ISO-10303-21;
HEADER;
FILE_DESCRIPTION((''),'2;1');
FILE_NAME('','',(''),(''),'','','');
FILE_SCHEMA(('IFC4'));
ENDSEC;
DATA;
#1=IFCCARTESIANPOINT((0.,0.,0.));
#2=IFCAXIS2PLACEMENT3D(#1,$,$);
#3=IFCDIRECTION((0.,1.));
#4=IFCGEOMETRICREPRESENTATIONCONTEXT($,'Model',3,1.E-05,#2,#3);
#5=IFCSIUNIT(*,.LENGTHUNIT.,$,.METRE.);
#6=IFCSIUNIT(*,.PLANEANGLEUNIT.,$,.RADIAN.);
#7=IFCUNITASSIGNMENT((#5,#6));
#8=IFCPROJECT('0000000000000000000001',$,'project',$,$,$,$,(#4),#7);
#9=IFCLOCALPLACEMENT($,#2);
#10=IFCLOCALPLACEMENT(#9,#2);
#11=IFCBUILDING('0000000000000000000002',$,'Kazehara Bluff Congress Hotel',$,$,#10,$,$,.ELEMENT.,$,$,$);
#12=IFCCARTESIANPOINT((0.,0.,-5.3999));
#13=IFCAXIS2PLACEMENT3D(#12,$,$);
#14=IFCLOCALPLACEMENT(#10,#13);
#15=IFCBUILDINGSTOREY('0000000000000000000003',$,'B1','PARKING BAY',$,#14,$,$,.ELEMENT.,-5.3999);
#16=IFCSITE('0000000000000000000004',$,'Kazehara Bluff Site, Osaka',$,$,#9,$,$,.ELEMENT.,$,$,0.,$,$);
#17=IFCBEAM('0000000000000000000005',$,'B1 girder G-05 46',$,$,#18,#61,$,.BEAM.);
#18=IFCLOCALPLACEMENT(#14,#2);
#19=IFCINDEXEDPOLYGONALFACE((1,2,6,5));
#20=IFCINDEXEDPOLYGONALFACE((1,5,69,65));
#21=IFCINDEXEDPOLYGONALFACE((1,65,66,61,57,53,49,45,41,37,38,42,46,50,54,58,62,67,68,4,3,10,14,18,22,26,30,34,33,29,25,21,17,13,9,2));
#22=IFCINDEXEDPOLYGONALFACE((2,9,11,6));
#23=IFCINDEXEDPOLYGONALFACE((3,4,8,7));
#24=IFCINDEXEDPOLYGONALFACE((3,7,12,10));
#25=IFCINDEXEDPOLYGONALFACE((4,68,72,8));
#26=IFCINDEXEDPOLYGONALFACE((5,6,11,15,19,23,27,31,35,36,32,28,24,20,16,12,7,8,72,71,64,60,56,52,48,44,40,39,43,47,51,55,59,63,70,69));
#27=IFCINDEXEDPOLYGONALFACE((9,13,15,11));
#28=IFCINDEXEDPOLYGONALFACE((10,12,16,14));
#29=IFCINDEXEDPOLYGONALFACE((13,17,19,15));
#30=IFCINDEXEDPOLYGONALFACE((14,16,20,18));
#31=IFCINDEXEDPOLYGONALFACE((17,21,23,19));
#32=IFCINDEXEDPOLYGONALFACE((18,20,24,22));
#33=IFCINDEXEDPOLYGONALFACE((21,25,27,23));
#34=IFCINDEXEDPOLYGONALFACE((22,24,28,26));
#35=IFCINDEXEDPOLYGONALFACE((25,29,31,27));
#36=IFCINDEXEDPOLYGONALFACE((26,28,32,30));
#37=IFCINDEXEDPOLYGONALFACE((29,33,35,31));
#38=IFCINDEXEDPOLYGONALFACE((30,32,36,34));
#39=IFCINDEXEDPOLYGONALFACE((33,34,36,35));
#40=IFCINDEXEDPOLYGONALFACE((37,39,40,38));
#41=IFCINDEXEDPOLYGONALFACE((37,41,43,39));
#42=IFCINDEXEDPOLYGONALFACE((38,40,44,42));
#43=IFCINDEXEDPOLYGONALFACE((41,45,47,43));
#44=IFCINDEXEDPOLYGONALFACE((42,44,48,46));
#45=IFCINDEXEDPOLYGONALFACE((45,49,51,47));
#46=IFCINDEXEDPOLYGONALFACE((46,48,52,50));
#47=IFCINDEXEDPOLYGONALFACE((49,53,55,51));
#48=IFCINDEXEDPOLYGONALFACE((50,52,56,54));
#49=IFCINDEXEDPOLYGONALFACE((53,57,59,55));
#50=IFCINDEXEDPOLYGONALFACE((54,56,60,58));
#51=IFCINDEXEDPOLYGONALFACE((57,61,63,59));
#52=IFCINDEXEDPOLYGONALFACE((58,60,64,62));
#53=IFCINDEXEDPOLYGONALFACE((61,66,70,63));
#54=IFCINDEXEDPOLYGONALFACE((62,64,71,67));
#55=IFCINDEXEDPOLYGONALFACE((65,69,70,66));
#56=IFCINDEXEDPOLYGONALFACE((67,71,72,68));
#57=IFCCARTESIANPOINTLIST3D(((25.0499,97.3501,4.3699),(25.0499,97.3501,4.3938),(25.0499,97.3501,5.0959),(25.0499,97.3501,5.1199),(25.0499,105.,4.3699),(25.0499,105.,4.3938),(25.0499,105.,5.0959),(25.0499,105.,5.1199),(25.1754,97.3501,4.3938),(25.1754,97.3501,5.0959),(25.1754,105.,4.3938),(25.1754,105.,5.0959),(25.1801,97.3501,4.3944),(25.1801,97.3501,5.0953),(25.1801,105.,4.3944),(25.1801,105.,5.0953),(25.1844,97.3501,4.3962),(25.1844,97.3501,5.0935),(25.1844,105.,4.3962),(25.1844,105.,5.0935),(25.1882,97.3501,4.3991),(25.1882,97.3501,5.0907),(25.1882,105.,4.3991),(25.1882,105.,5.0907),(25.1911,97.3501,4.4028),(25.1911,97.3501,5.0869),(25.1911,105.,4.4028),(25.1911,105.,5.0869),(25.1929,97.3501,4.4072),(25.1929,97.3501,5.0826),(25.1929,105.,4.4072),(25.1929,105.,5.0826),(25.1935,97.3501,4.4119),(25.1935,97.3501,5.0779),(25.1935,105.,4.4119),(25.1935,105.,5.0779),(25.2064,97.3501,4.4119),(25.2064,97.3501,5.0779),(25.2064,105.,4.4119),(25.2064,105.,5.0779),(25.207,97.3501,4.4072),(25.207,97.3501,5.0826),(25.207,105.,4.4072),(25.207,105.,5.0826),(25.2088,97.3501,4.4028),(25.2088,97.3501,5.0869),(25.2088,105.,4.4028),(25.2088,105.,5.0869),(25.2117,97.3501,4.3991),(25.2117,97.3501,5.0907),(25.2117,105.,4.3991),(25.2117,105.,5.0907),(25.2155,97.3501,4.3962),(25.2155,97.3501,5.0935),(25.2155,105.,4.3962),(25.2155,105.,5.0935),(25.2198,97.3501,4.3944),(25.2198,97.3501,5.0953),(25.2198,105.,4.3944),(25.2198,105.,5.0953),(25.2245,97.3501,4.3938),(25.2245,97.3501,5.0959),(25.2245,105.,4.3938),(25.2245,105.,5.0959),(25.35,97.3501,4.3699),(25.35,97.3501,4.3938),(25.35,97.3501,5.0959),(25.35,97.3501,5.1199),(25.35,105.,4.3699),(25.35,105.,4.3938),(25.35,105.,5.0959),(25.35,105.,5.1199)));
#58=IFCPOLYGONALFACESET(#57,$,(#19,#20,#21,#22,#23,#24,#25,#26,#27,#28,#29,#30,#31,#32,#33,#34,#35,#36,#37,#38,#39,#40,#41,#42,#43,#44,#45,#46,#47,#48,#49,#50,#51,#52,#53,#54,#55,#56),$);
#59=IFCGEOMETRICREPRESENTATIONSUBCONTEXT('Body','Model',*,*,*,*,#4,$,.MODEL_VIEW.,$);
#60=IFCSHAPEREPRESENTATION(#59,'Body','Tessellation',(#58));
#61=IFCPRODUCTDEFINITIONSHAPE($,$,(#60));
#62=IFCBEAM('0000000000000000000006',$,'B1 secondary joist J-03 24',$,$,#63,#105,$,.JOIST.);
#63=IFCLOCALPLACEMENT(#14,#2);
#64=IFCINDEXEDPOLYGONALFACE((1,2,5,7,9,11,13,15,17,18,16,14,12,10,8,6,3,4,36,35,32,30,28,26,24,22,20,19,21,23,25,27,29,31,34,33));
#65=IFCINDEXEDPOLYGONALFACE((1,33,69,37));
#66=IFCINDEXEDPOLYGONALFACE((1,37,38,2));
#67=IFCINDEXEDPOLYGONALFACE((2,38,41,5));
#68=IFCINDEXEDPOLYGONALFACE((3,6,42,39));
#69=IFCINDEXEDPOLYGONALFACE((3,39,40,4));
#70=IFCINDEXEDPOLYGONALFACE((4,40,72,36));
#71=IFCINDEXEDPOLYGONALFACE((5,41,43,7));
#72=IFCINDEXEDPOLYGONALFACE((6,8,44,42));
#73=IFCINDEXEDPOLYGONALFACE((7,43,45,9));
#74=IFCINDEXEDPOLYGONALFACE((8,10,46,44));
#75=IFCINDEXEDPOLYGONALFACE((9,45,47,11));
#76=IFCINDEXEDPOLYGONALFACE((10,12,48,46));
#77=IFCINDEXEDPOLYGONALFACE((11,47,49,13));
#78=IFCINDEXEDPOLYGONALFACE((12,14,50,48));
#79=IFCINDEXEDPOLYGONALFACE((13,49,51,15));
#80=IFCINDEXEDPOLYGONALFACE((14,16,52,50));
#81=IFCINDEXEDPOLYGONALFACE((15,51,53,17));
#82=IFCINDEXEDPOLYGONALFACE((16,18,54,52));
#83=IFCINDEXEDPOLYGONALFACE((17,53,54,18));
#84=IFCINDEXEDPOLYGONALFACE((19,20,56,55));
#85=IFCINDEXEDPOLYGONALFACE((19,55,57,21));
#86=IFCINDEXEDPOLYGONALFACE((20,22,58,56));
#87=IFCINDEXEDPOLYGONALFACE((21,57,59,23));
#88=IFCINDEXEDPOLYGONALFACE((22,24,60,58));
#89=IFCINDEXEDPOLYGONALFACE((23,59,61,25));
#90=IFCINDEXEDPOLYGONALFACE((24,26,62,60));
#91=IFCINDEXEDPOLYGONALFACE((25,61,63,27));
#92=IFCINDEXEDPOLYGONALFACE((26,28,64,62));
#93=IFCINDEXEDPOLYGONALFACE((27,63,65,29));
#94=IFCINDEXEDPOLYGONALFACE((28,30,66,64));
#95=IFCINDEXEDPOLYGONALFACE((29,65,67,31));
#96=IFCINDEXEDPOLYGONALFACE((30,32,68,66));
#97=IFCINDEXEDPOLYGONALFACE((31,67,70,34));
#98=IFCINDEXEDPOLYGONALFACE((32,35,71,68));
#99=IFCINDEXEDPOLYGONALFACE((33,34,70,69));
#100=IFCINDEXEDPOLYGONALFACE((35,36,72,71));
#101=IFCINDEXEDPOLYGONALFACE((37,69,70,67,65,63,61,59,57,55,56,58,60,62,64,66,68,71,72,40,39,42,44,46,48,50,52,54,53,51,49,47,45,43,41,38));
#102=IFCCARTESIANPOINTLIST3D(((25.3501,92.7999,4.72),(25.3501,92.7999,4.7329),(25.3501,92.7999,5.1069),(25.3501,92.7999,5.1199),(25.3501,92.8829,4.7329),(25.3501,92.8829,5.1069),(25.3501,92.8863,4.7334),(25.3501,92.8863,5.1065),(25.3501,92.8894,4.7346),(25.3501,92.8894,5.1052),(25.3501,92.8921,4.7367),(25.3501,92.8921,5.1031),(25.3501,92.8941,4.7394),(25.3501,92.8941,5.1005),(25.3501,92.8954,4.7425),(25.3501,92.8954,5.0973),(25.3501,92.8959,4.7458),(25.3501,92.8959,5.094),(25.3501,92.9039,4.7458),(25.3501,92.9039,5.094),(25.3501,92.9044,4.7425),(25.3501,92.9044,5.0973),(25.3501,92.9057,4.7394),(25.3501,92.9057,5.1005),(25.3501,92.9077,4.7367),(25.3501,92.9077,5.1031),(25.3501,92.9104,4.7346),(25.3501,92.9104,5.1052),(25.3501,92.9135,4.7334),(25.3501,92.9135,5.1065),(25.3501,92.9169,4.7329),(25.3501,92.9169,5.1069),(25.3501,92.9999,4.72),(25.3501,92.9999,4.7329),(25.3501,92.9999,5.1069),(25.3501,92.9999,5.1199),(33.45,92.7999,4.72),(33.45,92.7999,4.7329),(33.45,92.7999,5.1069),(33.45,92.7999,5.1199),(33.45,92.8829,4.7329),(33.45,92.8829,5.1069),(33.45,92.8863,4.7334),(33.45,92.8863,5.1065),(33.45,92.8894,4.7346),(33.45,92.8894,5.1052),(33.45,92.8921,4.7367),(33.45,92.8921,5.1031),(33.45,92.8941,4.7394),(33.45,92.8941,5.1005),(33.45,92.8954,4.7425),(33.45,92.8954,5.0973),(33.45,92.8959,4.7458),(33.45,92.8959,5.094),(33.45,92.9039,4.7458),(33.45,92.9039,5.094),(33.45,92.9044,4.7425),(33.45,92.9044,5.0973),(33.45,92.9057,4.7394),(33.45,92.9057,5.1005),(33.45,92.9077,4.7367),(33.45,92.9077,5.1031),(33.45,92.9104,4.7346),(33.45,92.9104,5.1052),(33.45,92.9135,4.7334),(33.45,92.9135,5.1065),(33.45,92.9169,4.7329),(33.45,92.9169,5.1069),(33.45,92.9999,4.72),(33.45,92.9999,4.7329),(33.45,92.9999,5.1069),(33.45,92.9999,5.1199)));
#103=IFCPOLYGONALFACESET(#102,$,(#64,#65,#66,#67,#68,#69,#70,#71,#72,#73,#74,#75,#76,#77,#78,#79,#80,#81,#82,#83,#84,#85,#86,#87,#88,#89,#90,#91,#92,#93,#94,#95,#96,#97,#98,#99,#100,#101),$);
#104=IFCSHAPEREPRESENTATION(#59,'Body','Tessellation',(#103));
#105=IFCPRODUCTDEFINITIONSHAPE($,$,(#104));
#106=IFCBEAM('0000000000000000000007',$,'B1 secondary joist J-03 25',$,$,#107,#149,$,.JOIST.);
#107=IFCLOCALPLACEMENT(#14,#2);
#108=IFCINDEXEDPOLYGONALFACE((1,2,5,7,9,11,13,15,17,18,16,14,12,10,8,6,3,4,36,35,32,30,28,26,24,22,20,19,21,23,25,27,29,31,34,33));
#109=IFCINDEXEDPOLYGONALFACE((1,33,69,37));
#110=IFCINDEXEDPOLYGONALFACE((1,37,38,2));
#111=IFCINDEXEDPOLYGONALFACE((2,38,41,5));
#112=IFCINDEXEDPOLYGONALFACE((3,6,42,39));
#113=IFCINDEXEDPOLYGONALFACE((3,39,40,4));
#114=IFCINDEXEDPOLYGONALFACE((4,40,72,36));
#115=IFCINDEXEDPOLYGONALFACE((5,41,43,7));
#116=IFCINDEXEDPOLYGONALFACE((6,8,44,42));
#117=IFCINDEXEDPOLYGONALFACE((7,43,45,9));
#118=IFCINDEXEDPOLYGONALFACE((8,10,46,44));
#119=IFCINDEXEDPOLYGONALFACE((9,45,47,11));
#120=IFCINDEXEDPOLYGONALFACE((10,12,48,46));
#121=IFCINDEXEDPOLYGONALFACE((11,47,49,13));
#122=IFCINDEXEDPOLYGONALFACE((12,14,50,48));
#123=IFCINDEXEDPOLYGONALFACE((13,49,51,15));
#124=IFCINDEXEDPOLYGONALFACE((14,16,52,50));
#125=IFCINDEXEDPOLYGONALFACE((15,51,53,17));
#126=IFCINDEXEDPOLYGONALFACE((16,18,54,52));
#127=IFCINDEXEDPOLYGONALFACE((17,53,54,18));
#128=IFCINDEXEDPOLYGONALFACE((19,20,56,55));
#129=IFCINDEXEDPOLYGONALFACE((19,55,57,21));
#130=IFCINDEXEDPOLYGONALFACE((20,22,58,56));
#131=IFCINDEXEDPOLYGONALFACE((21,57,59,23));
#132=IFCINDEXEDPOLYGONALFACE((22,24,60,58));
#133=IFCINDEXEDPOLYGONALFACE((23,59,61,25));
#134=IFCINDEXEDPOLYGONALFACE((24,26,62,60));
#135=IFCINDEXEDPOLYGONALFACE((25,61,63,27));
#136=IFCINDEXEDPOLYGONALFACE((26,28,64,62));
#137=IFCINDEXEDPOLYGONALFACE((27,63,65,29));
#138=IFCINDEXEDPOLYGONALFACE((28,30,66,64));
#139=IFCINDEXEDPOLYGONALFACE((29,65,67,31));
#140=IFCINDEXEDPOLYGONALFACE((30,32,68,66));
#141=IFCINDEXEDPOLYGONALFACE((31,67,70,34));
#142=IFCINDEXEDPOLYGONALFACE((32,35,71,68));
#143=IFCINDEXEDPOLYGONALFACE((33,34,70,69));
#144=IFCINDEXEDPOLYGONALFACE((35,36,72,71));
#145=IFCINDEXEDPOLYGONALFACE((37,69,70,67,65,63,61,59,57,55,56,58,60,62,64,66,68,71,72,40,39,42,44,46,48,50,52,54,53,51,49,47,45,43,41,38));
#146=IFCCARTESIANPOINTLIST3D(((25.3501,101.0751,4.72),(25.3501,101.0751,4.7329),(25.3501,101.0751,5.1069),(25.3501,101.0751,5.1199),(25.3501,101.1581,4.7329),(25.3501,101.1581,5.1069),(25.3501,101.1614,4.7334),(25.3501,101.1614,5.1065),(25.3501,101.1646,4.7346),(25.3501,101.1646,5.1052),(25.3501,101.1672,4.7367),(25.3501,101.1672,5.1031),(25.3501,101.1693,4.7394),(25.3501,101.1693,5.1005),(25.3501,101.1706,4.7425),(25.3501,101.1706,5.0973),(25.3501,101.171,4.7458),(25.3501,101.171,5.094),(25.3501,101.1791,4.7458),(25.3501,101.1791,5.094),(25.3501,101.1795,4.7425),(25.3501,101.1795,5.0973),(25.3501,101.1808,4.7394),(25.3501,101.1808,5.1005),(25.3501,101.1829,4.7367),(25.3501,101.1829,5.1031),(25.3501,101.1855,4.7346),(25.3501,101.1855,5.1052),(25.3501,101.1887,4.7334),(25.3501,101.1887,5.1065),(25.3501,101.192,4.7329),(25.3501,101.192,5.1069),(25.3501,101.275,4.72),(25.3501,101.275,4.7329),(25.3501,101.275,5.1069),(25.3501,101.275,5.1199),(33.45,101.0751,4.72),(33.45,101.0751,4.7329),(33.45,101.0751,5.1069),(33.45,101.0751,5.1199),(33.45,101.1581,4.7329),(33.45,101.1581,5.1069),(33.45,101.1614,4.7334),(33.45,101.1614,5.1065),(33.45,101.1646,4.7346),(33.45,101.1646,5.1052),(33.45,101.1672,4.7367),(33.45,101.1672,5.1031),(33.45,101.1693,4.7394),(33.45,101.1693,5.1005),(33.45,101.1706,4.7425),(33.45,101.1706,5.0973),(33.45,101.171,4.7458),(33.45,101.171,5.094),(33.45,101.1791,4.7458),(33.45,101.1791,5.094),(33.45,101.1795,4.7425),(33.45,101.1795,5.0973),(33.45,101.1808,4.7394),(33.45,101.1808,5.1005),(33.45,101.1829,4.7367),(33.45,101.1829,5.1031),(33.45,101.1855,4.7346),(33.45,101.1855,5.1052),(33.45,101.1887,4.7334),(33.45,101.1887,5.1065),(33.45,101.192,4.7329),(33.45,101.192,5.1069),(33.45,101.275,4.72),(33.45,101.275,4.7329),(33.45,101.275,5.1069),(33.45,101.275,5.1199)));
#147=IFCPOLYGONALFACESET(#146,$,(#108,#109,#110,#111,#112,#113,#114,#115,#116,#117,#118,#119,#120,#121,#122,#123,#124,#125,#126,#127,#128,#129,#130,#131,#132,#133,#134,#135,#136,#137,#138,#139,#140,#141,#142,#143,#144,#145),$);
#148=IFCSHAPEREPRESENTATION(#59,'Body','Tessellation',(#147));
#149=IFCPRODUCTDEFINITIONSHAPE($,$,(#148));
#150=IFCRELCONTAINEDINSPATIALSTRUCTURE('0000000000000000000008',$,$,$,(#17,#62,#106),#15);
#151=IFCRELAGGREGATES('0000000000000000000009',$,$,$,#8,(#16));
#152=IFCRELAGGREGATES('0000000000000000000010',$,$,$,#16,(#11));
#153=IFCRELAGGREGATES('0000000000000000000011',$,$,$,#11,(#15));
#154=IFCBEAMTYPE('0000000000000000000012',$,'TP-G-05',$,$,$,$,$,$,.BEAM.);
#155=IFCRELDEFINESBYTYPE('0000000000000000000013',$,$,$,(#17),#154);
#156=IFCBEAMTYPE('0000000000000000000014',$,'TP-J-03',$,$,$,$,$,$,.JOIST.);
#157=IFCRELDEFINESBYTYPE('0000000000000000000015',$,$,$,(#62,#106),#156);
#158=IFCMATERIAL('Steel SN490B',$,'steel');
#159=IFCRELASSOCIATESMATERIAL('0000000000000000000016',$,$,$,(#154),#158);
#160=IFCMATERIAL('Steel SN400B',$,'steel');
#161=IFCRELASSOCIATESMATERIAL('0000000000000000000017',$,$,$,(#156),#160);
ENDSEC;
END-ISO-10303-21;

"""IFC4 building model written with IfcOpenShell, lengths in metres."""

from ifc_helpers import new_model, si_unit, direction, frame, origin, origin_2d, place, context, subcontext, project, spatial, i_section, extrude, material, material_profile, profile_set, type_object, element, save


model = new_model("IFC4")

# Units and contexts
model_context = context("Model", 3, precision=1e-05, world=origin(), true_north=direction((0.0, 1.0)))
body_context = subcontext(model_context, "Body", "Model", "MODEL_VIEW")
ifc_project = project(units=[si_unit("LENGTHUNIT", "METRE"), si_unit("PLANEANGLEUNIT", "RADIAN")], contexts=[model_context])

# Site, building, storey
site_placement = place(None, origin())
site = spatial("IfcSite", under=ifc_project, at=site_placement, Name="Kazehara Bluff Site, Osaka", CompositionType="ELEMENT", RefElevation=0.0)
building_placement = place(site_placement, origin())
building = spatial("IfcBuilding", under=site, at=building_placement, Name="Kazehara Bluff Congress Hotel", CompositionType="ELEMENT")
storey_placement = place(building_placement, frame((0.0, 0.0, -5.3999)))
storey = spatial("IfcBuildingStorey", under=building, at=storey_placement, Name="B1", Description="PARKING BAY", CompositionType="ELEMENT", Elevation=-5.3999)

# Beams
ifc_material_1 = material(Name="Steel SN490B", Category="steel")
ifc_material_profile_1 = material_profile(ifc_material_1, i_section(OverallWidth=0.3, OverallDepth=0.75, WebThickness=0.0129, FlangeThickness=0.0239, FilletRadius=0.0181, at=origin_2d()))
ifc_profile_set_1 = profile_set([ifc_material_profile_1], Name="Steel SN490B")
beam_type_1 = type_object("IfcBeamType", Name="TP-G-05", PredefinedType="BEAM", material=ifc_profile_set_1)
beam_1_placement = place(storey_placement, frame((25.2, 97.3501, 4.7449), z_axis=(0.0, 1.0, 0.0), x_axis=(-1.0, 0.0, 0.0)))
element("IfcBeam", 1, at=beam_1_placement, inside=storey, type_object=beam_type_1, Name="B1 girder G-05 46", PredefinedType="BEAM", context=body_context, shape_type="SweptSolid", body=[
    extrude(i_section(OverallWidth=0.3, OverallDepth=0.75, WebThickness=0.0129, FlangeThickness=0.0239, FilletRadius=0.0181, at=origin_2d()), origin(), (0.0, 0.0, 1.0), 7.6499),
])
ifc_material_2 = material(Name="Steel SN400B", Category="steel")
ifc_material_profile_2 = material_profile(ifc_material_2, i_section(OverallWidth=0.2, OverallDepth=0.3999, WebThickness=0.0081, FlangeThickness=0.0129, FilletRadius=0.0129, at=origin_2d()))
ifc_profile_set_2 = profile_set([ifc_material_profile_2], Name="Steel SN400B")
beam_type_2 = type_object("IfcBeamType", Name="TP-J-03", PredefinedType="JOIST", material=ifc_profile_set_2)
for number, where, z_axis, x_axis, name in (
    (2, (25.3501, 92.8999, 4.9199), (1.0, 0.0, 0.0), (0.0, 1.0, 0.0), "B1 secondary joist J-03 24"),
    (3, (25.3501, 101.175, 4.9199), (1.0, 0.0, 0.0), (0.0, 1.0, 0.0), "B1 secondary joist J-03 25"),
):
    element("IfcBeam", number, at=place(storey_placement, frame(where, z_axis=z_axis, x_axis=x_axis)), inside=storey, type_object=beam_type_2, Name=name, PredefinedType="JOIST", context=body_context, shape_type="SweptSolid", body=[
        extrude(i_section(OverallWidth=0.2, OverallDepth=0.3999, WebThickness=0.0081, FlangeThickness=0.0129, FilletRadius=0.0129, at=origin_2d()), origin(), (0.0, 0.0, 1.0), 8.0999),
    ])

save(model, "model.ifc")
